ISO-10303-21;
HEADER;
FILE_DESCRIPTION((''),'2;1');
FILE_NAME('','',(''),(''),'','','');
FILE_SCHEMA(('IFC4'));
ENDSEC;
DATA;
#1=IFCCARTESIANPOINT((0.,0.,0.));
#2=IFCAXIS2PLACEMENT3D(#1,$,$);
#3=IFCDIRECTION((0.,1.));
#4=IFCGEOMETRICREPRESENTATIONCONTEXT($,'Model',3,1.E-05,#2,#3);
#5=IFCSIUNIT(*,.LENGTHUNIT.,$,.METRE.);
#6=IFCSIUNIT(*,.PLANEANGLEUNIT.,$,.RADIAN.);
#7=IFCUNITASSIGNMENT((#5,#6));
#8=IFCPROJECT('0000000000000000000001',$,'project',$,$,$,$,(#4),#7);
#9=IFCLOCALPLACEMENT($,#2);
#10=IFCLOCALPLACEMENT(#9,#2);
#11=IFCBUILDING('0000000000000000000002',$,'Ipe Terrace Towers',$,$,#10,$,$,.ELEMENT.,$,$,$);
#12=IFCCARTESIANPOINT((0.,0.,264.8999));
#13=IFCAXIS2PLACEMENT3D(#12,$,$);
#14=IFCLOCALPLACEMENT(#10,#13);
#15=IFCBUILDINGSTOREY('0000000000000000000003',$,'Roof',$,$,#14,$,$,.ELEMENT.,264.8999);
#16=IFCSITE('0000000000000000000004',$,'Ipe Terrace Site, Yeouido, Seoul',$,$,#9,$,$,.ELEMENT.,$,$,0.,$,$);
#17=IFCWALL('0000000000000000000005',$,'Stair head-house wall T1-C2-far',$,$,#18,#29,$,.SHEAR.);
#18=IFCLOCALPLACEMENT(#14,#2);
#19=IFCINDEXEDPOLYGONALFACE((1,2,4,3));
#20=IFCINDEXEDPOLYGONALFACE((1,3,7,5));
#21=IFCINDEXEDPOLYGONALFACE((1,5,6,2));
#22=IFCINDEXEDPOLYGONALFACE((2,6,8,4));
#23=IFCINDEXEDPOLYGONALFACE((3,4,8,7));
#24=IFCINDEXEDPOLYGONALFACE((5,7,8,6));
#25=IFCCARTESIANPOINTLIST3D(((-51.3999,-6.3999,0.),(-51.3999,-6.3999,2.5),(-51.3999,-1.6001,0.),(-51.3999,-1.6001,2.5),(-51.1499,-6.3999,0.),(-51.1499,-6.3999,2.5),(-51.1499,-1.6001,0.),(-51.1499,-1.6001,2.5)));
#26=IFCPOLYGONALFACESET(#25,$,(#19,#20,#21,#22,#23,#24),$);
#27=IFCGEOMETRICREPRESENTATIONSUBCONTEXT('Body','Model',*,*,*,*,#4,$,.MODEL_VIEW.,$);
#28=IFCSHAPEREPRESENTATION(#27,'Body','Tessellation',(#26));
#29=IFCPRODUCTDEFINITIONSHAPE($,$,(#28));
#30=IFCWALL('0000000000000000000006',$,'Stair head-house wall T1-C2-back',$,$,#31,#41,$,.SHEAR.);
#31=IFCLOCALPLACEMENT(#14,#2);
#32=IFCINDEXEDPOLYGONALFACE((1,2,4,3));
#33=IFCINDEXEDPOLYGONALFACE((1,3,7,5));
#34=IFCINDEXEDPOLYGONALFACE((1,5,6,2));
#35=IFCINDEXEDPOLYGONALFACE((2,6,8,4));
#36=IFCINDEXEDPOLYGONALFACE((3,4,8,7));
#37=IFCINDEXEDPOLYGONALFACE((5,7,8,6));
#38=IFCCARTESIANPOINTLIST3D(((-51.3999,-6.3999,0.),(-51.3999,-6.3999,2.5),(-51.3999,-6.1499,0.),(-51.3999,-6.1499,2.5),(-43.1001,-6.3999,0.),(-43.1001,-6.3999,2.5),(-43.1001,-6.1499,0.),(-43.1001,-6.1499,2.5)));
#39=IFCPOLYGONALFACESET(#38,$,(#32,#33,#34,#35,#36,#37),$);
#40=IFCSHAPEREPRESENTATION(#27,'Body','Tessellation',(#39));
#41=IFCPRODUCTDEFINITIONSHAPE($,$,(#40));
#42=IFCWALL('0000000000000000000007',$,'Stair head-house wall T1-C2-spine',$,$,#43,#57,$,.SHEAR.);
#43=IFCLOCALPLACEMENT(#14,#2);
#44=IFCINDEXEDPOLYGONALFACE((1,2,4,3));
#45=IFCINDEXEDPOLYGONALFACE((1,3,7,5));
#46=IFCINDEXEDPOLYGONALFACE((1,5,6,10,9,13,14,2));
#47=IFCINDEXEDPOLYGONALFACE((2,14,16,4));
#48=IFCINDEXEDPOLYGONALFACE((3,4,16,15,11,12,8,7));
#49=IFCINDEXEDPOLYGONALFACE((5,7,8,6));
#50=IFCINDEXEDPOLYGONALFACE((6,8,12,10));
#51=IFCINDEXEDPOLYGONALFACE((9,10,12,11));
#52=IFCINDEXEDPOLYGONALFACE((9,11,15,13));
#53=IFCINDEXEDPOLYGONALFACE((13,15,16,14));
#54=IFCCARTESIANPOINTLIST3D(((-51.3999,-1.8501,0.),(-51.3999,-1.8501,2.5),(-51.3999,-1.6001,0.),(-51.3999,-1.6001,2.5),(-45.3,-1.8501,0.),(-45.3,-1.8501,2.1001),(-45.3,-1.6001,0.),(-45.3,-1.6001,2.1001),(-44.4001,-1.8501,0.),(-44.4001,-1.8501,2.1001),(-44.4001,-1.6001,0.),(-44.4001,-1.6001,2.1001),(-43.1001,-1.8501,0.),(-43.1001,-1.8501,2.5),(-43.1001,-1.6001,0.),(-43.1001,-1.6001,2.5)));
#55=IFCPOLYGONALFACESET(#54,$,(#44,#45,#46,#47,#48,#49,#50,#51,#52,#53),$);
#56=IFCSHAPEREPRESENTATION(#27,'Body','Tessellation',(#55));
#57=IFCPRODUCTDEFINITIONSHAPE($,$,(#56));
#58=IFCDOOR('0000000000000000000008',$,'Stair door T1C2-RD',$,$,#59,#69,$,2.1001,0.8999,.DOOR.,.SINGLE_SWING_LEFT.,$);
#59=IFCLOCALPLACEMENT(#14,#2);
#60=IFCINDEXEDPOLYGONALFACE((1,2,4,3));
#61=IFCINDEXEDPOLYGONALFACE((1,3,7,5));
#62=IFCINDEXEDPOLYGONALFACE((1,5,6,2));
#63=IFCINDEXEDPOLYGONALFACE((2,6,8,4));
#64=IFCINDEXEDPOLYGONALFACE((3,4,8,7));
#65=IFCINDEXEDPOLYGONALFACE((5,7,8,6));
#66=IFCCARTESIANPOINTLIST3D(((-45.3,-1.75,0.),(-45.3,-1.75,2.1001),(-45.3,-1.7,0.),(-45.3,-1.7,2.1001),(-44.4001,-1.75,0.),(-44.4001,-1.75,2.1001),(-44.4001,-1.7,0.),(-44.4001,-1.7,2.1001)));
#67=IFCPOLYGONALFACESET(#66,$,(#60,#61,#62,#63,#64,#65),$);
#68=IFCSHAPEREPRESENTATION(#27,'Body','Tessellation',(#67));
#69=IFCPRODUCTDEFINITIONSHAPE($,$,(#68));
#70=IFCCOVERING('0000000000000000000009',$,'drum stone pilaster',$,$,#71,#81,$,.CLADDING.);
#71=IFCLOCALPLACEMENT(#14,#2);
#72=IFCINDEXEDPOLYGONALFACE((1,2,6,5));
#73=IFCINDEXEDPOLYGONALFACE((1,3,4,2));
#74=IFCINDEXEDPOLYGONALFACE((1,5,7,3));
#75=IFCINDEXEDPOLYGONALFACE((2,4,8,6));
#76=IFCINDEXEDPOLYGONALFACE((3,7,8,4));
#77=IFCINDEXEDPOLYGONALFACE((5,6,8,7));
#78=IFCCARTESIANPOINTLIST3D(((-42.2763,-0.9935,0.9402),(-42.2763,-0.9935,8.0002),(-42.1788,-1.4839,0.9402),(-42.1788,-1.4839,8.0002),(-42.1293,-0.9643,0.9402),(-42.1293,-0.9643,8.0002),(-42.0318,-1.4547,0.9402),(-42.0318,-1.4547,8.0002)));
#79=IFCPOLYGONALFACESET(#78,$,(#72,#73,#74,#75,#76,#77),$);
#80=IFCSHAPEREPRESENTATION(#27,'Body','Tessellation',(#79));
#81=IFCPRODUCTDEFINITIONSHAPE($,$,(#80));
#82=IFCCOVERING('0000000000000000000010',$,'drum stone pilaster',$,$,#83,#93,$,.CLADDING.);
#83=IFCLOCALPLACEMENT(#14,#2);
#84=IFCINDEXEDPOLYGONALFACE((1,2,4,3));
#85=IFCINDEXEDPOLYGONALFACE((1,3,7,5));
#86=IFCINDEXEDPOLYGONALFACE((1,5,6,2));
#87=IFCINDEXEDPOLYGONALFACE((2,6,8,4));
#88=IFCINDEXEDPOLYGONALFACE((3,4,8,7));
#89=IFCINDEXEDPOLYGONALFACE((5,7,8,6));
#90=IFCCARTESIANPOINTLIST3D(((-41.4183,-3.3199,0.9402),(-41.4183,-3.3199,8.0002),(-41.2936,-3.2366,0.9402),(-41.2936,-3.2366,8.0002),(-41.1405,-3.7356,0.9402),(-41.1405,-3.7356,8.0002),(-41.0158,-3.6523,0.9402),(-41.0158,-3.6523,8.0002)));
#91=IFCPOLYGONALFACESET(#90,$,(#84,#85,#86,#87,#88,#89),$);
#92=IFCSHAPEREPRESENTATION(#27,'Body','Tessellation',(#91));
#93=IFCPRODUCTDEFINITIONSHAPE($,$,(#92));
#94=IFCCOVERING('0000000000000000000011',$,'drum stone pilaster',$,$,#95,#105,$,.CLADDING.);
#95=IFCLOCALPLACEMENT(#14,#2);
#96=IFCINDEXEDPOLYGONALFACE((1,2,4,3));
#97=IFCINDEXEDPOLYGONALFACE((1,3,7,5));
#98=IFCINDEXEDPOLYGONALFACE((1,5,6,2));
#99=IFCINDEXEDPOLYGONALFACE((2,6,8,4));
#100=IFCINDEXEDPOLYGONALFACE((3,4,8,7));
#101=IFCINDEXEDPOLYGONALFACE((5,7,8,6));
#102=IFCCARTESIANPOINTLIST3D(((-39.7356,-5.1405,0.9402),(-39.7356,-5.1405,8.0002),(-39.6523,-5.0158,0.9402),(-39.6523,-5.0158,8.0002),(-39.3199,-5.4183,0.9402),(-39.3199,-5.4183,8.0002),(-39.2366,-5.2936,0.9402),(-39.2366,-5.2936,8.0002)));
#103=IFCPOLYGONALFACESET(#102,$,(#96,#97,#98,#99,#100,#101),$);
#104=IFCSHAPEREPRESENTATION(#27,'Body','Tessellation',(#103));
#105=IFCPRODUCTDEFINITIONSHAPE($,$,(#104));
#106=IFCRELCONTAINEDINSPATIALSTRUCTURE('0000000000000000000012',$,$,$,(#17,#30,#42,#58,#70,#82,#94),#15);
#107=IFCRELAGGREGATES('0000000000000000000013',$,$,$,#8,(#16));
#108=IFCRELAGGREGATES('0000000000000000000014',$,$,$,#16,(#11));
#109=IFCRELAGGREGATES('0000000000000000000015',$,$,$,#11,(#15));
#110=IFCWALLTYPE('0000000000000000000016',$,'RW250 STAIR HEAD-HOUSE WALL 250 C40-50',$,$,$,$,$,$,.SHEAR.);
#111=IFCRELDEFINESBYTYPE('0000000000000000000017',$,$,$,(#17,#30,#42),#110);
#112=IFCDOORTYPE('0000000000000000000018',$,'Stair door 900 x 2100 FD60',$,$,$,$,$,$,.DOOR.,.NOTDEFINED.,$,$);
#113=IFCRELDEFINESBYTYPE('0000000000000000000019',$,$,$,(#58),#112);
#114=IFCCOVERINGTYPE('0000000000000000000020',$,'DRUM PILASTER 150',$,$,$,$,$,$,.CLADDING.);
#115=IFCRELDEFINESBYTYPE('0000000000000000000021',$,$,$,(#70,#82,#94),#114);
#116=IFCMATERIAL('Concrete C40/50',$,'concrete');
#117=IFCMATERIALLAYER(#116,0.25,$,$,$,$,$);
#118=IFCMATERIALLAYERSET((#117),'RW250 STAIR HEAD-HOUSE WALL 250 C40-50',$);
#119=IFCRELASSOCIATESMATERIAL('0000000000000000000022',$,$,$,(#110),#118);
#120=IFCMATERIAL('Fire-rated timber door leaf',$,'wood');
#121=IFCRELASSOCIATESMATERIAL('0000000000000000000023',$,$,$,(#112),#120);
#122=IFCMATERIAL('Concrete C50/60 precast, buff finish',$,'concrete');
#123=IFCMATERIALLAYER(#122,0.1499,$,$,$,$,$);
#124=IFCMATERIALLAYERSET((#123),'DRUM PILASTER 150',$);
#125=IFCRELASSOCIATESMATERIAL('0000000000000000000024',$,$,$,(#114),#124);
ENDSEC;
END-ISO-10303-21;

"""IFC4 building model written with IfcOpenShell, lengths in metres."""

from ifc_helpers import new_model, si_unit, direction, frame, frame_2d, origin, origin_2d, place, context, subcontext, project, spatial, rectangle, extrude, material, layer, layer_set, type_object, element, fill, save


model = new_model("IFC4")

# Units and contexts
model_context = context("Model", 3, precision=1e-05, world=origin(), true_north=direction((0.0, 1.0)))
body_context = subcontext(model_context, "Body", "Model", "MODEL_VIEW")
ifc_project = project(units=[si_unit("LENGTHUNIT", "METRE"), si_unit("PLANEANGLEUNIT", "RADIAN")], contexts=[model_context])

# Site, building, storey
site_placement = place(None, origin())
site = spatial("IfcSite", under=ifc_project, at=site_placement, Name="Ipe Terrace Site, Yeouido, Seoul", CompositionType="ELEMENT", RefElevation=0.0)
building_placement = place(site_placement, origin())
building = spatial("IfcBuilding", under=site, at=building_placement, Name="Ipe Terrace Towers", CompositionType="ELEMENT")
storey_placement = place(building_placement, frame((0.0, 0.0, 264.8999)))
storey = spatial("IfcBuildingStorey", under=building, at=storey_placement, Name="Roof", CompositionType="ELEMENT", Elevation=264.8999)

# Walls
ifc_material_1 = material(Name="Concrete C40/50", Category="concrete")
ifc_layer_1 = layer(ifc_material_1, 0.25)
ifc_layer_set_1 = layer_set([ifc_layer_1], Name="RW250 STAIR HEAD-HOUSE WALL 250 C40-50")
wall_type_1 = type_object("IfcWallType", Name="RW250 STAIR HEAD-HOUSE WALL 250 C40-50", PredefinedType="SHEAR", material=ifc_layer_set_1)
for number, where, z_axis, x_axis, name in (
    (1, (-51.2749, -1.6001, 0.0), (0.0, 0.0, 1.0), (0.0, -1.0, 0.0), "Stair head-house wall T1-C2-far"),
):
    element("IfcWall", number, at=place(storey_placement, frame(where, z_axis=z_axis, x_axis=x_axis)), inside=storey, type_object=wall_type_1, Name=name, PredefinedType="SHEAR", context=body_context, shape_type="SweptSolid", body=[
        extrude(rectangle(XDim=4.7998, YDim=0.25, at=frame_2d((2.3999, 0.0))), origin(), (0.0, 0.0, 1.0), 2.5),
    ])
wall_1_placement = place(storey_placement, frame((-43.1001, -6.2749, 0.0), z_axis=(0.0, 0.0, 1.0), x_axis=(-1.0, 0.0, 0.0)))
element("IfcWall", 2, at=wall_1_placement, inside=storey, type_object=wall_type_1, Name="Stair head-house wall T1-C2-back", PredefinedType="SHEAR", context=body_context, shape_type="SweptSolid", body=[
    extrude(rectangle(XDim=8.2998, YDim=0.25, at=frame_2d((4.1499, 0.0))), origin(), (0.0, 0.0, 1.0), 2.5),
])

# Wall, opening, door
wall_2_placement = place(storey_placement, frame((-43.1001, -1.7251, 0.0), z_axis=(0.0, 0.0, 1.0), x_axis=(-1.0, 0.0, 0.0)))
wall_2 = element("IfcWall", 3, at=wall_2_placement, inside=storey, type_object=wall_type_1, Name="Stair head-house wall T1-C2-spine", PredefinedType="SHEAR", context=body_context, shape_type="SweptSolid", body=[
    extrude(rectangle(XDim=8.2998, YDim=0.25, at=frame_2d((4.1499, 0.0))), origin(), (0.0, 0.0, 1.0), 2.5),
])
opening_1_placement = place(wall_2_placement, frame((1.3, 0.0, 0.0)))
opening_1 = element("IfcOpeningElement", 4, at=opening_1_placement, cuts=wall_2, PredefinedType="OPENING", context=body_context, shape_type="SweptSolid", body=[
    extrude(rectangle(XDim=0.8999, YDim=2.1001, at=frame_2d((0.45, 1.05))), frame((0.0, 0.135, 0.0), z_axis=(0.0, -1.0, 0.0), x_axis=(1.0, 0.0, 0.0)), (0.0, 0.0, 1.0), 0.27),
])
ifc_material_2 = material(Name="Fire-rated timber door leaf", Category="wood")
door_type = type_object("IfcDoorType", Name="Stair door 900 x 2100 FD60", OperationType="NOTDEFINED", PredefinedType="DOOR", material=ifc_material_2)
door_placement = place(opening_1_placement, origin())
door = element("IfcDoor", 5, at=door_placement, inside=storey, type_object=door_type, Name="Stair door T1C2-RD", OperationType="SINGLE_SWING_LEFT", OverallHeight=2.1001, OverallWidth=0.8999, PredefinedType="DOOR", context=body_context, shape_type="SweptSolid", body=[
    extrude(rectangle(XDim=0.8999, YDim=2.1001, at=frame_2d((0.45, 1.05))), frame((0.0, 0.0249, 0.0), z_axis=(0.0, -1.0, 0.0), x_axis=(1.0, 0.0, 0.0)), (0.0, 0.0, 1.0), 0.05),
])
fill(opening_1, door)

# Coverings
ifc_material_3 = material(Name="Concrete C50/60 precast, buff finish", Category="concrete")
ifc_layer_2 = layer(ifc_material_3, 0.1499)
ifc_layer_set_2 = layer_set([ifc_layer_2], Name="DRUM PILASTER 150")
covering_type = type_object("IfcCoveringType", Name="DRUM PILASTER 150", PredefinedType="CLADDING", material=ifc_layer_set_2)
for number, where, z_axis, x_axis, name in (
    (6, (-42.1541, -1.2241, 0.9402), (0.0, 0.0, 1.0), (-0.980785, -0.19509, 0.0), "drum stone pilaster"),
    (7, (-41.217, -3.4861, 0.9402), (0.0, 0.0, 1.0), (-0.83147, -0.55557, 0.0), "drum stone pilaster"),
    (8, (-39.4861, -5.217, 0.9402), (0.0, 0.0, 1.0), (-0.55557, -0.83147, 0.0), "drum stone pilaster"),
):
    element("IfcCovering", number, at=place(storey_placement, frame(where, z_axis=z_axis, x_axis=x_axis)), inside=storey, type_object=covering_type, Name=name, PredefinedType="CLADDING", context=body_context, shape_type="SweptSolid", body=[
        extrude(rectangle(XDim=0.1499, YDim=0.5, at=origin_2d()), origin(), (0.0, 0.0, 1.0), 7.0601),
    ])

save(model, "model.ifc")
